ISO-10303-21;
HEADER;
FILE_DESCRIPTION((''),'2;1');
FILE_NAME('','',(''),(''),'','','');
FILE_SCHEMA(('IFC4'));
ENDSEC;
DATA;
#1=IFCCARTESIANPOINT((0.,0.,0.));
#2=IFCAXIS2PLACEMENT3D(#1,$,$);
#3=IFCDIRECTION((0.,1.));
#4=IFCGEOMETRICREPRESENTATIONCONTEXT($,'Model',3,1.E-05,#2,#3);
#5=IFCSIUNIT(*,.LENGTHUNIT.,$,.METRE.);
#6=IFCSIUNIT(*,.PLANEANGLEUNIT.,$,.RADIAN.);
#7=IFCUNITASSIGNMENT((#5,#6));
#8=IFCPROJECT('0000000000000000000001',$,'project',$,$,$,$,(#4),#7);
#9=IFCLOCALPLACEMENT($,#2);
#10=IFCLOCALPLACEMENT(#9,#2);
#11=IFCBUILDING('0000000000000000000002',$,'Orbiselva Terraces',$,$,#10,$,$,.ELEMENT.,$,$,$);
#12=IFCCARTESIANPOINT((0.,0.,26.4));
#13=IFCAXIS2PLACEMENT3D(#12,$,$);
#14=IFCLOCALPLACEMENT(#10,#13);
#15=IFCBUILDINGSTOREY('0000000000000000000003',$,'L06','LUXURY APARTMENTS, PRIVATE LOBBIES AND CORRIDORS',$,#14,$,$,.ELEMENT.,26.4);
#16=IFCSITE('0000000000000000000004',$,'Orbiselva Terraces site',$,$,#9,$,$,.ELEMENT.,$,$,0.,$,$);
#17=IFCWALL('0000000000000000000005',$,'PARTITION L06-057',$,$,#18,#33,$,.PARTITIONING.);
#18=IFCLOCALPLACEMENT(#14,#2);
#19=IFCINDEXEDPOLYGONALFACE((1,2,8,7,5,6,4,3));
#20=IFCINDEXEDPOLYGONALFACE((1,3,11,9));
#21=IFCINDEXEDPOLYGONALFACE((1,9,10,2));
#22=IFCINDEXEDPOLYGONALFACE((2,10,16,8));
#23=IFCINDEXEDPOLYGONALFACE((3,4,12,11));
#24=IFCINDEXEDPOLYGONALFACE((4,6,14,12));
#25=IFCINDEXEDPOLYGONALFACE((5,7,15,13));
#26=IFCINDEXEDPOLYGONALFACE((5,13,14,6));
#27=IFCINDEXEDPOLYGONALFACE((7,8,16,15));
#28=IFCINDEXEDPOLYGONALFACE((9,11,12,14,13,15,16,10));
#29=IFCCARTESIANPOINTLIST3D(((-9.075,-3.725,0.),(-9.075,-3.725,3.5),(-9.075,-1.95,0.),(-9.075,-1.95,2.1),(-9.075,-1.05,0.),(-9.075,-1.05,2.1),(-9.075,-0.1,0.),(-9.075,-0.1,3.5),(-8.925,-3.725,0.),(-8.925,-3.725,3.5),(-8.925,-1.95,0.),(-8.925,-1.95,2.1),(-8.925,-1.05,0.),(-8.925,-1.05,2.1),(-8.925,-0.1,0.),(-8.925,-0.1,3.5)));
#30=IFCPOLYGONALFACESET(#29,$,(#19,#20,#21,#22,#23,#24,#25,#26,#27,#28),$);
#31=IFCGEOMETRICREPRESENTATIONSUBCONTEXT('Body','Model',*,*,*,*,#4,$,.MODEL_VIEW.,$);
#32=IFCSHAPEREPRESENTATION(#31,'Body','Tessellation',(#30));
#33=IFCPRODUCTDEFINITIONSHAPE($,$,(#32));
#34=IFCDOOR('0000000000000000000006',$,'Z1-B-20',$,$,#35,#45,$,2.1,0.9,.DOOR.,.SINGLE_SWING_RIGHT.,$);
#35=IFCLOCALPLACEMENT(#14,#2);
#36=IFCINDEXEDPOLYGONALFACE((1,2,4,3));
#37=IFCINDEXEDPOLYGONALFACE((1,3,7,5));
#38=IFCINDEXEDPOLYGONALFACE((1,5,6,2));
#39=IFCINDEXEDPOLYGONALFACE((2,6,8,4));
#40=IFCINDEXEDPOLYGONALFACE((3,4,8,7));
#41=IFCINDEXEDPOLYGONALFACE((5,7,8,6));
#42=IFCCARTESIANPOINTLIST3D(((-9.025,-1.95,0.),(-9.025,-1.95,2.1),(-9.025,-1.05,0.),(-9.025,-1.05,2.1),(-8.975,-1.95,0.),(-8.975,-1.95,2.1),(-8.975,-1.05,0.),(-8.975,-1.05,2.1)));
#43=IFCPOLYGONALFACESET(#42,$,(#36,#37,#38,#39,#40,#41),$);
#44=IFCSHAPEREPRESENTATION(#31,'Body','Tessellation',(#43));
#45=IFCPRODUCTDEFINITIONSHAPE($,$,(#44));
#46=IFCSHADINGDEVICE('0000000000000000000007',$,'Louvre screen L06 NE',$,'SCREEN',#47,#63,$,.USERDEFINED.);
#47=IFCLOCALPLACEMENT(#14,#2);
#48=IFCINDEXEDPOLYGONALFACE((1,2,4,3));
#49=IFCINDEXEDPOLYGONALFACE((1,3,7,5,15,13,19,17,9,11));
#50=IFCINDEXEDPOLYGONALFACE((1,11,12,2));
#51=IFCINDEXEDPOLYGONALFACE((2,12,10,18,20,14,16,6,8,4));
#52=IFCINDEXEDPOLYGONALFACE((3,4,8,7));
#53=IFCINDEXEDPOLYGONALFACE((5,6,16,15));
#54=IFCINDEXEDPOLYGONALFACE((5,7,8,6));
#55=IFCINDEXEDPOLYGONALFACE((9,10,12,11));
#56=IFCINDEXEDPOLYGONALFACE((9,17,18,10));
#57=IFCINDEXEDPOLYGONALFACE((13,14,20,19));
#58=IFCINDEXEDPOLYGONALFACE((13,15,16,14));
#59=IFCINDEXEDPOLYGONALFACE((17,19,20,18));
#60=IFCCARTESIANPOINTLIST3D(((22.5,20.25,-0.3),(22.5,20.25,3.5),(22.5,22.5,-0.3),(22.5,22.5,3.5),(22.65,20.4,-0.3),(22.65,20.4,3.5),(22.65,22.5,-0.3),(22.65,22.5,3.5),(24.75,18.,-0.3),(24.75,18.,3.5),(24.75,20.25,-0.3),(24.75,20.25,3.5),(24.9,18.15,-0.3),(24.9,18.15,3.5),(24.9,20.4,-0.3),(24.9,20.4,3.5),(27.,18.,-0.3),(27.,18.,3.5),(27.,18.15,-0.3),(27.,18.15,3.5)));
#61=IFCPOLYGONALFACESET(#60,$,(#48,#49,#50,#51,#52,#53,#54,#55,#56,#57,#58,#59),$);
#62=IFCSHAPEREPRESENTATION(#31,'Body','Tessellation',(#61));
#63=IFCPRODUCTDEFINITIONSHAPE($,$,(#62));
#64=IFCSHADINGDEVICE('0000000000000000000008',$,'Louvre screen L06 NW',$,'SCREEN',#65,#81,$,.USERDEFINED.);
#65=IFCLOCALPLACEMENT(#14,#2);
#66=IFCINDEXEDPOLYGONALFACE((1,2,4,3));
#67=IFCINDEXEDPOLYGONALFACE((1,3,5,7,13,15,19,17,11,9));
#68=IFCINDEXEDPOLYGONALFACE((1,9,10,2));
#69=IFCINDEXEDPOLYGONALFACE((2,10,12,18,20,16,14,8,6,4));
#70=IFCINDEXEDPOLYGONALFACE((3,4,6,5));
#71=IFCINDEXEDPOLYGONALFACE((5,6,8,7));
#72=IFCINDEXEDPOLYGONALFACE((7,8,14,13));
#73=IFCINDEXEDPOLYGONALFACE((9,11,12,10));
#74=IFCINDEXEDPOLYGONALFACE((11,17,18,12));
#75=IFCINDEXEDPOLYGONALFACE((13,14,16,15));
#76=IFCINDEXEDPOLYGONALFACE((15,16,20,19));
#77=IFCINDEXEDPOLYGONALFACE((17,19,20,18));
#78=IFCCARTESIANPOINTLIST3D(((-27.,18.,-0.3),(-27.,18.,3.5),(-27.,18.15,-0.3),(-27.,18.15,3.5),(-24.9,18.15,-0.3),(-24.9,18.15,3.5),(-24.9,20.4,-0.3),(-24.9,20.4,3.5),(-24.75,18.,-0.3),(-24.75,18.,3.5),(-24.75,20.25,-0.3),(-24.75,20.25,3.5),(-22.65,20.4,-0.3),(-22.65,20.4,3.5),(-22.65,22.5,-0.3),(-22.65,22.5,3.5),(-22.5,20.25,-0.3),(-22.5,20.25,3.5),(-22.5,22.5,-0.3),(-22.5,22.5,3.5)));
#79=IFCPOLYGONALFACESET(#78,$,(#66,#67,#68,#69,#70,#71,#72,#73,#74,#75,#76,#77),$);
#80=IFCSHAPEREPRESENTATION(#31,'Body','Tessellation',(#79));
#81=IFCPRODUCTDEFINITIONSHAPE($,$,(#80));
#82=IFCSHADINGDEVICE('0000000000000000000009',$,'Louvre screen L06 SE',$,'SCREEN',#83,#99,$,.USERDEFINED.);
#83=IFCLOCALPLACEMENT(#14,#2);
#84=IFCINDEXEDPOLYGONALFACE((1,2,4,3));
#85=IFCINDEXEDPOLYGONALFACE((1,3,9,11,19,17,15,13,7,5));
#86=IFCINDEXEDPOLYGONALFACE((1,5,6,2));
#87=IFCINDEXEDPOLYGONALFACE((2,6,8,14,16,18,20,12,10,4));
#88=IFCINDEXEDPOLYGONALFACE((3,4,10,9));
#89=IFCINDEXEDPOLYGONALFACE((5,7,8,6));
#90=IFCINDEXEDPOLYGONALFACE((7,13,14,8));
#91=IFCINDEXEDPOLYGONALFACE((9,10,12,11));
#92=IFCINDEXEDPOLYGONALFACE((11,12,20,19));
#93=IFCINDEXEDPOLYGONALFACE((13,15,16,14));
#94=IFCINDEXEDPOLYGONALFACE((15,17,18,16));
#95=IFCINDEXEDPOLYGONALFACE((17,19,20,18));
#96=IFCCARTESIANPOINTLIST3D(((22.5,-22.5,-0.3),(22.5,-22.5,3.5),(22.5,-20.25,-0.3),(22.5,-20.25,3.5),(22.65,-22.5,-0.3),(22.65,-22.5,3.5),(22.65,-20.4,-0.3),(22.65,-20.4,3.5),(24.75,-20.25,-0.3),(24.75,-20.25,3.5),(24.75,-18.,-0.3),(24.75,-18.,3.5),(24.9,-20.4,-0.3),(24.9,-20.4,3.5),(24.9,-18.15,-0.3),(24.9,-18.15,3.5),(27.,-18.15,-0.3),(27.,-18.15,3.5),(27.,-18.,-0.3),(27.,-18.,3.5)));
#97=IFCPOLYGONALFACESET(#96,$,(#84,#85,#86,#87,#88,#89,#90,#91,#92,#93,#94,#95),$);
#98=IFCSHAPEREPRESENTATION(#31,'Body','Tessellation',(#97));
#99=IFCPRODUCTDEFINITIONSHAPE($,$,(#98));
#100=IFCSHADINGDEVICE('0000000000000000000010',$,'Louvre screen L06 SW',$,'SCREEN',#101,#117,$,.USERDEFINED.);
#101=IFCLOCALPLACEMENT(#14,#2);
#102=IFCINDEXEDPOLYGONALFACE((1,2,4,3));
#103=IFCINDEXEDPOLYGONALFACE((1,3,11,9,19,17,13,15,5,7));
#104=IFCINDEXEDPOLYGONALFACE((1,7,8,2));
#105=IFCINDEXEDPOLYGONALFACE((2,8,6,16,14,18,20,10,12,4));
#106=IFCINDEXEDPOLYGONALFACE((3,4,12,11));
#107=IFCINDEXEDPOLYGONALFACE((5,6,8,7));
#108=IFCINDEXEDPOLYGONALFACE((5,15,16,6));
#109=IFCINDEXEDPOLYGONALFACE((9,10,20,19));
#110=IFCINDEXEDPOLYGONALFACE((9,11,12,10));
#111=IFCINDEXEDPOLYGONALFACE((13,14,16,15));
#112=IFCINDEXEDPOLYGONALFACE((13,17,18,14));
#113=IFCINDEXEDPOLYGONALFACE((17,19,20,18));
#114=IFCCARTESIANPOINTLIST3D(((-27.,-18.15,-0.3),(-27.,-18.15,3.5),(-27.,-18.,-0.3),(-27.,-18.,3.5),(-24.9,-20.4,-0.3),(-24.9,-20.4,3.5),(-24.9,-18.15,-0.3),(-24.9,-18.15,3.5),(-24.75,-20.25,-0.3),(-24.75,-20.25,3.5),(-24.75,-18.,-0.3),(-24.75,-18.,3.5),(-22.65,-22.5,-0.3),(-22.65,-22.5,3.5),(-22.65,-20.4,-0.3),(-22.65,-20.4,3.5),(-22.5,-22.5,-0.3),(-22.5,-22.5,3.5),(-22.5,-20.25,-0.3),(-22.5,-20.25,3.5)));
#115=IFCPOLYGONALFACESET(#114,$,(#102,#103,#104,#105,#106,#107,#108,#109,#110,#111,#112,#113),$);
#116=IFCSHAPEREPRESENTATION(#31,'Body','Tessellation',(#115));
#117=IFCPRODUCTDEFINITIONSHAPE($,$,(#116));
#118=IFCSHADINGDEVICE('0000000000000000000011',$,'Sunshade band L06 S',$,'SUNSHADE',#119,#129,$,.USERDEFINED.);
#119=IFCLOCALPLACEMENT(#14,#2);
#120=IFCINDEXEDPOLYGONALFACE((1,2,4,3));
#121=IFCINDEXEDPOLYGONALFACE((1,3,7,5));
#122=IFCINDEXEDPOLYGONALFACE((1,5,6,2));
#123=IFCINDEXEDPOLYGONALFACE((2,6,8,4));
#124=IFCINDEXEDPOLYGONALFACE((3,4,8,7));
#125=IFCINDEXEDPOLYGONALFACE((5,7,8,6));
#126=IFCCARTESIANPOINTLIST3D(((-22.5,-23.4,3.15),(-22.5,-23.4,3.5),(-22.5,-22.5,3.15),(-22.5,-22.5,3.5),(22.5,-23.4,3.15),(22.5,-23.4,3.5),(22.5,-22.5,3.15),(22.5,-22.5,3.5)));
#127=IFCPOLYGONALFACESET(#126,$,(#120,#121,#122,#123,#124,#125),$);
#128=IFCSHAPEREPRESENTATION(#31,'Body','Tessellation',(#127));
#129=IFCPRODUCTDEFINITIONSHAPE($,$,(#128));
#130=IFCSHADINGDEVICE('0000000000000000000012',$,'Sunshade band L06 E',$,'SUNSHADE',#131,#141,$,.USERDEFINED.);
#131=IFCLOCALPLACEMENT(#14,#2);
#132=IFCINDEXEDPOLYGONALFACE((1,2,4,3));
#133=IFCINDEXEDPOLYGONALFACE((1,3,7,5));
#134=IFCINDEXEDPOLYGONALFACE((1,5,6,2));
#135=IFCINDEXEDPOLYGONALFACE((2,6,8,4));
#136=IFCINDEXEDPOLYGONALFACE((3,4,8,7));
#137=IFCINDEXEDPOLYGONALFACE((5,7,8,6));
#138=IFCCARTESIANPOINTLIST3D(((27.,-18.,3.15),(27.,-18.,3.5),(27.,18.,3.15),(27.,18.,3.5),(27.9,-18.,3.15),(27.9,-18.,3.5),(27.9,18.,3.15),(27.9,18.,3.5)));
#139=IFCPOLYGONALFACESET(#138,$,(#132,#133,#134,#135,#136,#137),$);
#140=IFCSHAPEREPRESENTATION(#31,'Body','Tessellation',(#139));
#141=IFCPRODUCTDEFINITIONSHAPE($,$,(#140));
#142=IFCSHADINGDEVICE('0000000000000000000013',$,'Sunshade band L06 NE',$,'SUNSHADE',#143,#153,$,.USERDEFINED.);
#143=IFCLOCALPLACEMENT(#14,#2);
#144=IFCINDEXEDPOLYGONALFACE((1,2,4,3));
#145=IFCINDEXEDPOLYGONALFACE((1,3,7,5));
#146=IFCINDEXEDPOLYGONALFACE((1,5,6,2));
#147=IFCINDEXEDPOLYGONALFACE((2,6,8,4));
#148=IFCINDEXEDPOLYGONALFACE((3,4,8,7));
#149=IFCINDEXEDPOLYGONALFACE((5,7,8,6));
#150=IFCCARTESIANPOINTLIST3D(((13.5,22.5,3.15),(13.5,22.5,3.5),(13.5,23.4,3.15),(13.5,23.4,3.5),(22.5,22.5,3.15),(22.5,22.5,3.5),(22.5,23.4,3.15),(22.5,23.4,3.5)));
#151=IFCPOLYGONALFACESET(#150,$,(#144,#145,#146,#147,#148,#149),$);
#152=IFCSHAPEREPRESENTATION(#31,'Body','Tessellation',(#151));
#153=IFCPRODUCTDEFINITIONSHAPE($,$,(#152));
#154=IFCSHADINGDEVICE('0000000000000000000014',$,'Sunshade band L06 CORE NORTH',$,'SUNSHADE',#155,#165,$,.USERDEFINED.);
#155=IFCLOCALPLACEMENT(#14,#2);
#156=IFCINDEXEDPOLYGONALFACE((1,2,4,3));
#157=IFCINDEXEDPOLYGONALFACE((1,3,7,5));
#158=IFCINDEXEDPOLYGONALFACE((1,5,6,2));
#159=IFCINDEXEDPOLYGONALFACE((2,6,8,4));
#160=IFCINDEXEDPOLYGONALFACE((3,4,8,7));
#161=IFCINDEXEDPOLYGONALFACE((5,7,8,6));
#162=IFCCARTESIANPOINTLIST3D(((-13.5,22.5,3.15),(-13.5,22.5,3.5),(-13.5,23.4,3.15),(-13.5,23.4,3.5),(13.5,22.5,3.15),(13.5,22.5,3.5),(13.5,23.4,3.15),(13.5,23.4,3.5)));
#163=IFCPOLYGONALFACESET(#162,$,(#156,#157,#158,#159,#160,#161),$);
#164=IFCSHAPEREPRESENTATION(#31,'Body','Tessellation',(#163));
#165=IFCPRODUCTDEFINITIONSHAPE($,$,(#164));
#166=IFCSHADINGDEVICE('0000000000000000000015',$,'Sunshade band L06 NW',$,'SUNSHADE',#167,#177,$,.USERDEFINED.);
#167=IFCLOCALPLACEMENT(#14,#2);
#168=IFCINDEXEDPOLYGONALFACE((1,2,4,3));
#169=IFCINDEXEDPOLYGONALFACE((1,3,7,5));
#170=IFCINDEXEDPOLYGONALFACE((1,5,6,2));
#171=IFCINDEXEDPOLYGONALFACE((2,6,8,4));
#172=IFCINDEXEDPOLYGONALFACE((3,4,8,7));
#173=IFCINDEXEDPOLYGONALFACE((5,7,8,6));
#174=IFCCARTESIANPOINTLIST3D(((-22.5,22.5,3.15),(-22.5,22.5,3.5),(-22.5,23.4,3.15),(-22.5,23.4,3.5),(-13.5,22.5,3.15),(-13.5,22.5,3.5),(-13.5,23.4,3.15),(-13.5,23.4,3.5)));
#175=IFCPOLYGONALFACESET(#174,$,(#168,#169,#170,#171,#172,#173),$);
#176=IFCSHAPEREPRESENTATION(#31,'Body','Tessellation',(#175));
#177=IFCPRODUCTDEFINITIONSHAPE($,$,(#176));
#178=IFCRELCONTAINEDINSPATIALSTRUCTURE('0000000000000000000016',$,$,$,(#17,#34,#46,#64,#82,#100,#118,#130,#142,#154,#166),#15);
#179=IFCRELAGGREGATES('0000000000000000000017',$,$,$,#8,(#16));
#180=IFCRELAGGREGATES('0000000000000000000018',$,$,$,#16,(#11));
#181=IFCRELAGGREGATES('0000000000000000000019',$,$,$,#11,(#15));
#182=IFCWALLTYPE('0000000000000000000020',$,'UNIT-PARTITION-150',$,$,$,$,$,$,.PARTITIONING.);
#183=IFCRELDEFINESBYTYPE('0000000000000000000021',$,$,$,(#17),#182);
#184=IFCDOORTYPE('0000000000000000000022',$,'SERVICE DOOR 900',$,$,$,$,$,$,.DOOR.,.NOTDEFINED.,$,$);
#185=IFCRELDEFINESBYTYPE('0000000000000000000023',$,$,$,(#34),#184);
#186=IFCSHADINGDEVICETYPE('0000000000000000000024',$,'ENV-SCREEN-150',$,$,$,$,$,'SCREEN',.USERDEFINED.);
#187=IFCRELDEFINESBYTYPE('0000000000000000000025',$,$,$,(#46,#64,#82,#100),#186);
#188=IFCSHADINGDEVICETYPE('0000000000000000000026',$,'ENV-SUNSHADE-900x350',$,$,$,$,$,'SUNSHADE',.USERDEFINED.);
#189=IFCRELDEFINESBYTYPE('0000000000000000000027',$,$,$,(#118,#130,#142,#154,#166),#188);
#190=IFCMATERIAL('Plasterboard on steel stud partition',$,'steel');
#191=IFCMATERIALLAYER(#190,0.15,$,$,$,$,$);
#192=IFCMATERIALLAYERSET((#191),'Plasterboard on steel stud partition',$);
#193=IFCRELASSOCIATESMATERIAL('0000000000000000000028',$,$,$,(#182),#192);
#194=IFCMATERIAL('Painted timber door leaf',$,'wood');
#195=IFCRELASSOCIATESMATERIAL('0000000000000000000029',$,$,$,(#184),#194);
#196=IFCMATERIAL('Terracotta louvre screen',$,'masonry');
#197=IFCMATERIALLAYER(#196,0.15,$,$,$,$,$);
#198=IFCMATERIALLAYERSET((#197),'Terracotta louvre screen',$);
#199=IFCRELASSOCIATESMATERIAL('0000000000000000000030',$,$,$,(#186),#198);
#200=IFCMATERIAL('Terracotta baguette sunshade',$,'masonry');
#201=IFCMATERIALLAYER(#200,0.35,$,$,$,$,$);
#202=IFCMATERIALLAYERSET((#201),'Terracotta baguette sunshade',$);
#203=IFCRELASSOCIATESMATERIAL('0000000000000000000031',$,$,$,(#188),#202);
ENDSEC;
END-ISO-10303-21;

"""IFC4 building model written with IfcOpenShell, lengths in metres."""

from ifc_helpers import new_model, si_unit, direction, frame, frame_2d, origin, place, context, subcontext, project, spatial, polyline, rectangle, outline, extrude, material, layer, layer_set, type_object, element, fill, save


model = new_model("IFC4")

# Units and contexts
model_context = context("Model", 3, precision=1e-05, world=origin(), true_north=direction((0.0, 1.0)))
body_context = subcontext(model_context, "Body", "Model", "MODEL_VIEW")
ifc_project = project(units=[si_unit("LENGTHUNIT", "METRE"), si_unit("PLANEANGLEUNIT", "RADIAN")], contexts=[model_context])

# Site, building, storey
site_placement = place(None, origin())
site = spatial("IfcSite", under=ifc_project, at=site_placement, Name="Orbiselva Terraces site", CompositionType="ELEMENT", RefElevation=0.0)
building_placement = place(site_placement, origin())
building = spatial("IfcBuilding", under=site, at=building_placement, Name="Orbiselva Terraces", CompositionType="ELEMENT")
storey_placement = place(building_placement, frame((0.0, 0.0, 26.4)))
storey = spatial("IfcBuildingStorey", under=building, at=storey_placement, Name="L06", Description="LUXURY APARTMENTS, PRIVATE LOBBIES AND CORRIDORS", CompositionType="ELEMENT", Elevation=26.4)

# Shared definitions
ifc_material_1 = material(Name="Plasterboard on steel stud partition", Category="steel")
ifc_layer_1 = layer(ifc_material_1, 0.15)
ifc_layer_set_1 = layer_set([ifc_layer_1], Name="Plasterboard on steel stud partition")
wall_type = type_object("IfcWallType", Name="UNIT-PARTITION-150", PredefinedType="PARTITIONING", material=ifc_layer_set_1)

# Wall, opening, door
ifc_material_2 = material(Name="Painted timber door leaf", Category="wood")
wall_1_placement = place(storey_placement, frame((-9.0, -3.725, 0.0), z_axis=(0.0, 0.0, 1.0), x_axis=(0.0, 1.0, 0.0)))
wall_1 = element("IfcWall", 1, at=wall_1_placement, inside=storey, type_object=wall_type, Name="PARTITION L06-057", PredefinedType="PARTITIONING", context=body_context, shape_type="SweptSolid", body=[
    extrude(rectangle(XDim=3.625, YDim=0.15, at=frame_2d((1.8125, 0.0))), origin(), (0.0, 0.0, 1.0), 3.5),
])
opening_1_placement = place(wall_1_placement, frame((1.775, 0.0, 0.0)))
opening_1 = element("IfcOpeningElement", 2, at=opening_1_placement, cuts=wall_1, PredefinedType="OPENING", context=body_context, shape_type="SweptSolid", body=[
    extrude(rectangle(XDim=0.9, YDim=2.1, at=frame_2d((0.45, 1.05))), frame((0.0, 0.085, 0.0), z_axis=(0.0, -1.0, 0.0), x_axis=(1.0, 0.0, 0.0)), (0.0, 0.0, 1.0), 0.17),
])
door_type_1 = type_object("IfcDoorType", Name="SERVICE DOOR 900", OperationType="NOTDEFINED", PredefinedType="DOOR", material=ifc_material_2)
door_1_placement = place(opening_1_placement, origin())
door_1 = element("IfcDoor", 3, at=door_1_placement, inside=storey, type_object=door_type_1, Name="Z1-B-20", OperationType="SINGLE_SWING_RIGHT", OverallHeight=2.1, OverallWidth=0.9, PredefinedType="DOOR", context=body_context, shape_type="SweptSolid", body=[
    extrude(rectangle(XDim=0.9, YDim=2.1, at=frame_2d((0.45, 1.05))), frame((0.0, 0.025, 0.0), z_axis=(0.0, -1.0, 0.0), x_axis=(1.0, 0.0, 0.0)), (0.0, 0.0, 1.0), 0.05),
])
fill(opening_1, door_1)

# Shading devices
ifc_material_3 = material(Name="Terracotta louvre screen", Category="masonry")
ifc_layer_2 = layer(ifc_material_3, 0.15)
ifc_layer_set_2 = layer_set([ifc_layer_2], Name="Terracotta louvre screen")
shading_device_type_1 = type_object("IfcShadingDeviceType", Name="ENV-SCREEN-150", ElementType="SCREEN", PredefinedType="USERDEFINED", material=ifc_layer_set_2)
shading_device_1_placement = place(storey_placement, frame((0.0, 0.0, -0.3)))
element("IfcShadingDevice", 4, at=shading_device_1_placement, inside=storey, type_object=shading_device_type_1, Name="Louvre screen L06 NE", ObjectType="SCREEN", PredefinedType="USERDEFINED", context=body_context, shape_type="SweptSolid", body=[
    extrude(outline(polyline([(27.0, 18.15), (24.9, 18.15), (24.9, 20.4), (22.65, 20.4), (22.65, 22.5), (22.5, 22.5), (22.5, 20.25), (24.75, 20.25), (24.75, 18.0), (27.0, 18.0), (27.0, 18.15)])), origin(), (0.0, 0.0, 1.0), 3.8),
])
shading_device_2_placement = place(storey_placement, frame((0.0, 0.0, -0.3)))
element("IfcShadingDevice", 5, at=shading_device_2_placement, inside=storey, type_object=shading_device_type_1, Name="Louvre screen L06 NW", ObjectType="SCREEN", PredefinedType="USERDEFINED", context=body_context, shape_type="SweptSolid", body=[
    extrude(outline(polyline([(-22.65, 22.5), (-22.65, 20.4), (-24.9, 20.4), (-24.9, 18.15), (-27.0, 18.15), (-27.0, 18.0), (-24.75, 18.0), (-24.75, 20.25), (-22.5, 20.25), (-22.5, 22.5), (-22.65, 22.5)])), origin(), (0.0, 0.0, 1.0), 3.8),
])
shading_device_3_placement = place(storey_placement, frame((0.0, 0.0, -0.3)))
element("IfcShadingDevice", 6, at=shading_device_3_placement, inside=storey, type_object=shading_device_type_1, Name="Louvre screen L06 SE", ObjectType="SCREEN", PredefinedType="USERDEFINED", context=body_context, shape_type="SweptSolid", body=[
    extrude(outline(polyline([(22.65, -22.5), (22.65, -20.4), (24.9, -20.4), (24.9, -18.15), (27.0, -18.15), (27.0, -18.0), (24.75, -18.0), (24.75, -20.25), (22.5, -20.25), (22.5, -22.5), (22.65, -22.5)])), origin(), (0.0, 0.0, 1.0), 3.8),
])
shading_device_4_placement = place(storey_placement, frame((0.0, 0.0, -0.3)))
element("IfcShadingDevice", 7, at=shading_device_4_placement, inside=storey, type_object=shading_device_type_1, Name="Louvre screen L06 SW", ObjectType="SCREEN", PredefinedType="USERDEFINED", context=body_context, shape_type="SweptSolid", body=[
    extrude(outline(polyline([(-27.0, -18.15), (-24.9, -18.15), (-24.9, -20.4), (-22.65, -20.4), (-22.65, -22.5), (-22.5, -22.5), (-22.5, -20.25), (-24.75, -20.25), (-24.75, -18.0), (-27.0, -18.0), (-27.0, -18.15)])), origin(), (0.0, 0.0, 1.0), 3.8),
])
ifc_material_4 = material(Name="Terracotta baguette sunshade", Category="masonry")
ifc_layer_3 = layer(ifc_material_4, 0.35)
ifc_layer_set_3 = layer_set([ifc_layer_3], Name="Terracotta baguette sunshade")
shading_device_type_2 = type_object("IfcShadingDeviceType", Name="ENV-SUNSHADE-900x350", ElementType="SUNSHADE", PredefinedType="USERDEFINED", material=ifc_layer_set_3)
shading_device_5_placement = place(storey_placement, frame((0.0, 0.0, 3.15)))
element("IfcShadingDevice", 8, at=shading_device_5_placement, inside=storey, type_object=shading_device_type_2, Name="Sunshade band L06 S", ObjectType="SUNSHADE", PredefinedType="USERDEFINED", context=body_context, shape_type="SweptSolid", body=[
    extrude(outline(polyline([(-22.5, -23.4), (22.5, -23.4), (22.5, -22.5), (-22.5, -22.5), (-22.5, -23.4)])), origin(), (0.0, 0.0, 1.0), 0.35),
])
shading_device_6_placement = place(storey_placement, frame((0.0, 0.0, 3.15)))
element("IfcShadingDevice", 9, at=shading_device_6_placement, inside=storey, type_object=shading_device_type_2, Name="Sunshade band L06 E", ObjectType="SUNSHADE", PredefinedType="USERDEFINED", context=body_context, shape_type="SweptSolid", body=[
    extrude(outline(polyline([(27.9, -18.0), (27.9, 18.0), (27.0, 18.0), (27.0, -18.0), (27.9, -18.0)])), origin(), (0.0, 0.0, 1.0), 0.35),
])
shading_device_7_placement = place(storey_placement, frame((0.0, 0.0, 3.15)))
element("IfcShadingDevice", 10, at=shading_device_7_placement, inside=storey, type_object=shading_device_type_2, Name="Sunshade band L06 NE", ObjectType="SUNSHADE", PredefinedType="USERDEFINED", context=body_context, shape_type="SweptSolid", body=[
    extrude(outline(polyline([(22.5, 23.4), (13.5, 23.4), (13.5, 22.5), (22.5, 22.5), (22.5, 23.4)])), origin(), (0.0, 0.0, 1.0), 0.35),
])
shading_device_8_placement = place(storey_placement, frame((0.0, 0.0, 3.15)))
element("IfcShadingDevice", 11, at=shading_device_8_placement, inside=storey, type_object=shading_device_type_2, Name="Sunshade band L06 CORE NORTH", ObjectType="SUNSHADE", PredefinedType="USERDEFINED", context=body_context, shape_type="SweptSolid", body=[
    extrude(outline(polyline([(13.5, 23.4), (-13.5, 23.4), (-13.5, 22.5), (13.5, 22.5), (13.5, 23.4)])), origin(), (0.0, 0.0, 1.0), 0.35),
])
shading_device_9_placement = place(storey_placement, frame((0.0, 0.0, 3.15)))
element("IfcShadingDevice", 12, at=shading_device_9_placement, inside=storey, type_object=shading_device_type_2, Name="Sunshade band L06 NW", ObjectType="SUNSHADE", PredefinedType="USERDEFINED", context=body_context, shape_type="SweptSolid", body=[
    extrude(outline(polyline([(-13.5, 23.4), (-22.5, 23.4), (-22.5, 22.5), (-13.5, 22.5), (-13.5, 23.4)])), origin(), (0.0, 0.0, 1.0), 0.35),
])

save(model, "model.ifc")
